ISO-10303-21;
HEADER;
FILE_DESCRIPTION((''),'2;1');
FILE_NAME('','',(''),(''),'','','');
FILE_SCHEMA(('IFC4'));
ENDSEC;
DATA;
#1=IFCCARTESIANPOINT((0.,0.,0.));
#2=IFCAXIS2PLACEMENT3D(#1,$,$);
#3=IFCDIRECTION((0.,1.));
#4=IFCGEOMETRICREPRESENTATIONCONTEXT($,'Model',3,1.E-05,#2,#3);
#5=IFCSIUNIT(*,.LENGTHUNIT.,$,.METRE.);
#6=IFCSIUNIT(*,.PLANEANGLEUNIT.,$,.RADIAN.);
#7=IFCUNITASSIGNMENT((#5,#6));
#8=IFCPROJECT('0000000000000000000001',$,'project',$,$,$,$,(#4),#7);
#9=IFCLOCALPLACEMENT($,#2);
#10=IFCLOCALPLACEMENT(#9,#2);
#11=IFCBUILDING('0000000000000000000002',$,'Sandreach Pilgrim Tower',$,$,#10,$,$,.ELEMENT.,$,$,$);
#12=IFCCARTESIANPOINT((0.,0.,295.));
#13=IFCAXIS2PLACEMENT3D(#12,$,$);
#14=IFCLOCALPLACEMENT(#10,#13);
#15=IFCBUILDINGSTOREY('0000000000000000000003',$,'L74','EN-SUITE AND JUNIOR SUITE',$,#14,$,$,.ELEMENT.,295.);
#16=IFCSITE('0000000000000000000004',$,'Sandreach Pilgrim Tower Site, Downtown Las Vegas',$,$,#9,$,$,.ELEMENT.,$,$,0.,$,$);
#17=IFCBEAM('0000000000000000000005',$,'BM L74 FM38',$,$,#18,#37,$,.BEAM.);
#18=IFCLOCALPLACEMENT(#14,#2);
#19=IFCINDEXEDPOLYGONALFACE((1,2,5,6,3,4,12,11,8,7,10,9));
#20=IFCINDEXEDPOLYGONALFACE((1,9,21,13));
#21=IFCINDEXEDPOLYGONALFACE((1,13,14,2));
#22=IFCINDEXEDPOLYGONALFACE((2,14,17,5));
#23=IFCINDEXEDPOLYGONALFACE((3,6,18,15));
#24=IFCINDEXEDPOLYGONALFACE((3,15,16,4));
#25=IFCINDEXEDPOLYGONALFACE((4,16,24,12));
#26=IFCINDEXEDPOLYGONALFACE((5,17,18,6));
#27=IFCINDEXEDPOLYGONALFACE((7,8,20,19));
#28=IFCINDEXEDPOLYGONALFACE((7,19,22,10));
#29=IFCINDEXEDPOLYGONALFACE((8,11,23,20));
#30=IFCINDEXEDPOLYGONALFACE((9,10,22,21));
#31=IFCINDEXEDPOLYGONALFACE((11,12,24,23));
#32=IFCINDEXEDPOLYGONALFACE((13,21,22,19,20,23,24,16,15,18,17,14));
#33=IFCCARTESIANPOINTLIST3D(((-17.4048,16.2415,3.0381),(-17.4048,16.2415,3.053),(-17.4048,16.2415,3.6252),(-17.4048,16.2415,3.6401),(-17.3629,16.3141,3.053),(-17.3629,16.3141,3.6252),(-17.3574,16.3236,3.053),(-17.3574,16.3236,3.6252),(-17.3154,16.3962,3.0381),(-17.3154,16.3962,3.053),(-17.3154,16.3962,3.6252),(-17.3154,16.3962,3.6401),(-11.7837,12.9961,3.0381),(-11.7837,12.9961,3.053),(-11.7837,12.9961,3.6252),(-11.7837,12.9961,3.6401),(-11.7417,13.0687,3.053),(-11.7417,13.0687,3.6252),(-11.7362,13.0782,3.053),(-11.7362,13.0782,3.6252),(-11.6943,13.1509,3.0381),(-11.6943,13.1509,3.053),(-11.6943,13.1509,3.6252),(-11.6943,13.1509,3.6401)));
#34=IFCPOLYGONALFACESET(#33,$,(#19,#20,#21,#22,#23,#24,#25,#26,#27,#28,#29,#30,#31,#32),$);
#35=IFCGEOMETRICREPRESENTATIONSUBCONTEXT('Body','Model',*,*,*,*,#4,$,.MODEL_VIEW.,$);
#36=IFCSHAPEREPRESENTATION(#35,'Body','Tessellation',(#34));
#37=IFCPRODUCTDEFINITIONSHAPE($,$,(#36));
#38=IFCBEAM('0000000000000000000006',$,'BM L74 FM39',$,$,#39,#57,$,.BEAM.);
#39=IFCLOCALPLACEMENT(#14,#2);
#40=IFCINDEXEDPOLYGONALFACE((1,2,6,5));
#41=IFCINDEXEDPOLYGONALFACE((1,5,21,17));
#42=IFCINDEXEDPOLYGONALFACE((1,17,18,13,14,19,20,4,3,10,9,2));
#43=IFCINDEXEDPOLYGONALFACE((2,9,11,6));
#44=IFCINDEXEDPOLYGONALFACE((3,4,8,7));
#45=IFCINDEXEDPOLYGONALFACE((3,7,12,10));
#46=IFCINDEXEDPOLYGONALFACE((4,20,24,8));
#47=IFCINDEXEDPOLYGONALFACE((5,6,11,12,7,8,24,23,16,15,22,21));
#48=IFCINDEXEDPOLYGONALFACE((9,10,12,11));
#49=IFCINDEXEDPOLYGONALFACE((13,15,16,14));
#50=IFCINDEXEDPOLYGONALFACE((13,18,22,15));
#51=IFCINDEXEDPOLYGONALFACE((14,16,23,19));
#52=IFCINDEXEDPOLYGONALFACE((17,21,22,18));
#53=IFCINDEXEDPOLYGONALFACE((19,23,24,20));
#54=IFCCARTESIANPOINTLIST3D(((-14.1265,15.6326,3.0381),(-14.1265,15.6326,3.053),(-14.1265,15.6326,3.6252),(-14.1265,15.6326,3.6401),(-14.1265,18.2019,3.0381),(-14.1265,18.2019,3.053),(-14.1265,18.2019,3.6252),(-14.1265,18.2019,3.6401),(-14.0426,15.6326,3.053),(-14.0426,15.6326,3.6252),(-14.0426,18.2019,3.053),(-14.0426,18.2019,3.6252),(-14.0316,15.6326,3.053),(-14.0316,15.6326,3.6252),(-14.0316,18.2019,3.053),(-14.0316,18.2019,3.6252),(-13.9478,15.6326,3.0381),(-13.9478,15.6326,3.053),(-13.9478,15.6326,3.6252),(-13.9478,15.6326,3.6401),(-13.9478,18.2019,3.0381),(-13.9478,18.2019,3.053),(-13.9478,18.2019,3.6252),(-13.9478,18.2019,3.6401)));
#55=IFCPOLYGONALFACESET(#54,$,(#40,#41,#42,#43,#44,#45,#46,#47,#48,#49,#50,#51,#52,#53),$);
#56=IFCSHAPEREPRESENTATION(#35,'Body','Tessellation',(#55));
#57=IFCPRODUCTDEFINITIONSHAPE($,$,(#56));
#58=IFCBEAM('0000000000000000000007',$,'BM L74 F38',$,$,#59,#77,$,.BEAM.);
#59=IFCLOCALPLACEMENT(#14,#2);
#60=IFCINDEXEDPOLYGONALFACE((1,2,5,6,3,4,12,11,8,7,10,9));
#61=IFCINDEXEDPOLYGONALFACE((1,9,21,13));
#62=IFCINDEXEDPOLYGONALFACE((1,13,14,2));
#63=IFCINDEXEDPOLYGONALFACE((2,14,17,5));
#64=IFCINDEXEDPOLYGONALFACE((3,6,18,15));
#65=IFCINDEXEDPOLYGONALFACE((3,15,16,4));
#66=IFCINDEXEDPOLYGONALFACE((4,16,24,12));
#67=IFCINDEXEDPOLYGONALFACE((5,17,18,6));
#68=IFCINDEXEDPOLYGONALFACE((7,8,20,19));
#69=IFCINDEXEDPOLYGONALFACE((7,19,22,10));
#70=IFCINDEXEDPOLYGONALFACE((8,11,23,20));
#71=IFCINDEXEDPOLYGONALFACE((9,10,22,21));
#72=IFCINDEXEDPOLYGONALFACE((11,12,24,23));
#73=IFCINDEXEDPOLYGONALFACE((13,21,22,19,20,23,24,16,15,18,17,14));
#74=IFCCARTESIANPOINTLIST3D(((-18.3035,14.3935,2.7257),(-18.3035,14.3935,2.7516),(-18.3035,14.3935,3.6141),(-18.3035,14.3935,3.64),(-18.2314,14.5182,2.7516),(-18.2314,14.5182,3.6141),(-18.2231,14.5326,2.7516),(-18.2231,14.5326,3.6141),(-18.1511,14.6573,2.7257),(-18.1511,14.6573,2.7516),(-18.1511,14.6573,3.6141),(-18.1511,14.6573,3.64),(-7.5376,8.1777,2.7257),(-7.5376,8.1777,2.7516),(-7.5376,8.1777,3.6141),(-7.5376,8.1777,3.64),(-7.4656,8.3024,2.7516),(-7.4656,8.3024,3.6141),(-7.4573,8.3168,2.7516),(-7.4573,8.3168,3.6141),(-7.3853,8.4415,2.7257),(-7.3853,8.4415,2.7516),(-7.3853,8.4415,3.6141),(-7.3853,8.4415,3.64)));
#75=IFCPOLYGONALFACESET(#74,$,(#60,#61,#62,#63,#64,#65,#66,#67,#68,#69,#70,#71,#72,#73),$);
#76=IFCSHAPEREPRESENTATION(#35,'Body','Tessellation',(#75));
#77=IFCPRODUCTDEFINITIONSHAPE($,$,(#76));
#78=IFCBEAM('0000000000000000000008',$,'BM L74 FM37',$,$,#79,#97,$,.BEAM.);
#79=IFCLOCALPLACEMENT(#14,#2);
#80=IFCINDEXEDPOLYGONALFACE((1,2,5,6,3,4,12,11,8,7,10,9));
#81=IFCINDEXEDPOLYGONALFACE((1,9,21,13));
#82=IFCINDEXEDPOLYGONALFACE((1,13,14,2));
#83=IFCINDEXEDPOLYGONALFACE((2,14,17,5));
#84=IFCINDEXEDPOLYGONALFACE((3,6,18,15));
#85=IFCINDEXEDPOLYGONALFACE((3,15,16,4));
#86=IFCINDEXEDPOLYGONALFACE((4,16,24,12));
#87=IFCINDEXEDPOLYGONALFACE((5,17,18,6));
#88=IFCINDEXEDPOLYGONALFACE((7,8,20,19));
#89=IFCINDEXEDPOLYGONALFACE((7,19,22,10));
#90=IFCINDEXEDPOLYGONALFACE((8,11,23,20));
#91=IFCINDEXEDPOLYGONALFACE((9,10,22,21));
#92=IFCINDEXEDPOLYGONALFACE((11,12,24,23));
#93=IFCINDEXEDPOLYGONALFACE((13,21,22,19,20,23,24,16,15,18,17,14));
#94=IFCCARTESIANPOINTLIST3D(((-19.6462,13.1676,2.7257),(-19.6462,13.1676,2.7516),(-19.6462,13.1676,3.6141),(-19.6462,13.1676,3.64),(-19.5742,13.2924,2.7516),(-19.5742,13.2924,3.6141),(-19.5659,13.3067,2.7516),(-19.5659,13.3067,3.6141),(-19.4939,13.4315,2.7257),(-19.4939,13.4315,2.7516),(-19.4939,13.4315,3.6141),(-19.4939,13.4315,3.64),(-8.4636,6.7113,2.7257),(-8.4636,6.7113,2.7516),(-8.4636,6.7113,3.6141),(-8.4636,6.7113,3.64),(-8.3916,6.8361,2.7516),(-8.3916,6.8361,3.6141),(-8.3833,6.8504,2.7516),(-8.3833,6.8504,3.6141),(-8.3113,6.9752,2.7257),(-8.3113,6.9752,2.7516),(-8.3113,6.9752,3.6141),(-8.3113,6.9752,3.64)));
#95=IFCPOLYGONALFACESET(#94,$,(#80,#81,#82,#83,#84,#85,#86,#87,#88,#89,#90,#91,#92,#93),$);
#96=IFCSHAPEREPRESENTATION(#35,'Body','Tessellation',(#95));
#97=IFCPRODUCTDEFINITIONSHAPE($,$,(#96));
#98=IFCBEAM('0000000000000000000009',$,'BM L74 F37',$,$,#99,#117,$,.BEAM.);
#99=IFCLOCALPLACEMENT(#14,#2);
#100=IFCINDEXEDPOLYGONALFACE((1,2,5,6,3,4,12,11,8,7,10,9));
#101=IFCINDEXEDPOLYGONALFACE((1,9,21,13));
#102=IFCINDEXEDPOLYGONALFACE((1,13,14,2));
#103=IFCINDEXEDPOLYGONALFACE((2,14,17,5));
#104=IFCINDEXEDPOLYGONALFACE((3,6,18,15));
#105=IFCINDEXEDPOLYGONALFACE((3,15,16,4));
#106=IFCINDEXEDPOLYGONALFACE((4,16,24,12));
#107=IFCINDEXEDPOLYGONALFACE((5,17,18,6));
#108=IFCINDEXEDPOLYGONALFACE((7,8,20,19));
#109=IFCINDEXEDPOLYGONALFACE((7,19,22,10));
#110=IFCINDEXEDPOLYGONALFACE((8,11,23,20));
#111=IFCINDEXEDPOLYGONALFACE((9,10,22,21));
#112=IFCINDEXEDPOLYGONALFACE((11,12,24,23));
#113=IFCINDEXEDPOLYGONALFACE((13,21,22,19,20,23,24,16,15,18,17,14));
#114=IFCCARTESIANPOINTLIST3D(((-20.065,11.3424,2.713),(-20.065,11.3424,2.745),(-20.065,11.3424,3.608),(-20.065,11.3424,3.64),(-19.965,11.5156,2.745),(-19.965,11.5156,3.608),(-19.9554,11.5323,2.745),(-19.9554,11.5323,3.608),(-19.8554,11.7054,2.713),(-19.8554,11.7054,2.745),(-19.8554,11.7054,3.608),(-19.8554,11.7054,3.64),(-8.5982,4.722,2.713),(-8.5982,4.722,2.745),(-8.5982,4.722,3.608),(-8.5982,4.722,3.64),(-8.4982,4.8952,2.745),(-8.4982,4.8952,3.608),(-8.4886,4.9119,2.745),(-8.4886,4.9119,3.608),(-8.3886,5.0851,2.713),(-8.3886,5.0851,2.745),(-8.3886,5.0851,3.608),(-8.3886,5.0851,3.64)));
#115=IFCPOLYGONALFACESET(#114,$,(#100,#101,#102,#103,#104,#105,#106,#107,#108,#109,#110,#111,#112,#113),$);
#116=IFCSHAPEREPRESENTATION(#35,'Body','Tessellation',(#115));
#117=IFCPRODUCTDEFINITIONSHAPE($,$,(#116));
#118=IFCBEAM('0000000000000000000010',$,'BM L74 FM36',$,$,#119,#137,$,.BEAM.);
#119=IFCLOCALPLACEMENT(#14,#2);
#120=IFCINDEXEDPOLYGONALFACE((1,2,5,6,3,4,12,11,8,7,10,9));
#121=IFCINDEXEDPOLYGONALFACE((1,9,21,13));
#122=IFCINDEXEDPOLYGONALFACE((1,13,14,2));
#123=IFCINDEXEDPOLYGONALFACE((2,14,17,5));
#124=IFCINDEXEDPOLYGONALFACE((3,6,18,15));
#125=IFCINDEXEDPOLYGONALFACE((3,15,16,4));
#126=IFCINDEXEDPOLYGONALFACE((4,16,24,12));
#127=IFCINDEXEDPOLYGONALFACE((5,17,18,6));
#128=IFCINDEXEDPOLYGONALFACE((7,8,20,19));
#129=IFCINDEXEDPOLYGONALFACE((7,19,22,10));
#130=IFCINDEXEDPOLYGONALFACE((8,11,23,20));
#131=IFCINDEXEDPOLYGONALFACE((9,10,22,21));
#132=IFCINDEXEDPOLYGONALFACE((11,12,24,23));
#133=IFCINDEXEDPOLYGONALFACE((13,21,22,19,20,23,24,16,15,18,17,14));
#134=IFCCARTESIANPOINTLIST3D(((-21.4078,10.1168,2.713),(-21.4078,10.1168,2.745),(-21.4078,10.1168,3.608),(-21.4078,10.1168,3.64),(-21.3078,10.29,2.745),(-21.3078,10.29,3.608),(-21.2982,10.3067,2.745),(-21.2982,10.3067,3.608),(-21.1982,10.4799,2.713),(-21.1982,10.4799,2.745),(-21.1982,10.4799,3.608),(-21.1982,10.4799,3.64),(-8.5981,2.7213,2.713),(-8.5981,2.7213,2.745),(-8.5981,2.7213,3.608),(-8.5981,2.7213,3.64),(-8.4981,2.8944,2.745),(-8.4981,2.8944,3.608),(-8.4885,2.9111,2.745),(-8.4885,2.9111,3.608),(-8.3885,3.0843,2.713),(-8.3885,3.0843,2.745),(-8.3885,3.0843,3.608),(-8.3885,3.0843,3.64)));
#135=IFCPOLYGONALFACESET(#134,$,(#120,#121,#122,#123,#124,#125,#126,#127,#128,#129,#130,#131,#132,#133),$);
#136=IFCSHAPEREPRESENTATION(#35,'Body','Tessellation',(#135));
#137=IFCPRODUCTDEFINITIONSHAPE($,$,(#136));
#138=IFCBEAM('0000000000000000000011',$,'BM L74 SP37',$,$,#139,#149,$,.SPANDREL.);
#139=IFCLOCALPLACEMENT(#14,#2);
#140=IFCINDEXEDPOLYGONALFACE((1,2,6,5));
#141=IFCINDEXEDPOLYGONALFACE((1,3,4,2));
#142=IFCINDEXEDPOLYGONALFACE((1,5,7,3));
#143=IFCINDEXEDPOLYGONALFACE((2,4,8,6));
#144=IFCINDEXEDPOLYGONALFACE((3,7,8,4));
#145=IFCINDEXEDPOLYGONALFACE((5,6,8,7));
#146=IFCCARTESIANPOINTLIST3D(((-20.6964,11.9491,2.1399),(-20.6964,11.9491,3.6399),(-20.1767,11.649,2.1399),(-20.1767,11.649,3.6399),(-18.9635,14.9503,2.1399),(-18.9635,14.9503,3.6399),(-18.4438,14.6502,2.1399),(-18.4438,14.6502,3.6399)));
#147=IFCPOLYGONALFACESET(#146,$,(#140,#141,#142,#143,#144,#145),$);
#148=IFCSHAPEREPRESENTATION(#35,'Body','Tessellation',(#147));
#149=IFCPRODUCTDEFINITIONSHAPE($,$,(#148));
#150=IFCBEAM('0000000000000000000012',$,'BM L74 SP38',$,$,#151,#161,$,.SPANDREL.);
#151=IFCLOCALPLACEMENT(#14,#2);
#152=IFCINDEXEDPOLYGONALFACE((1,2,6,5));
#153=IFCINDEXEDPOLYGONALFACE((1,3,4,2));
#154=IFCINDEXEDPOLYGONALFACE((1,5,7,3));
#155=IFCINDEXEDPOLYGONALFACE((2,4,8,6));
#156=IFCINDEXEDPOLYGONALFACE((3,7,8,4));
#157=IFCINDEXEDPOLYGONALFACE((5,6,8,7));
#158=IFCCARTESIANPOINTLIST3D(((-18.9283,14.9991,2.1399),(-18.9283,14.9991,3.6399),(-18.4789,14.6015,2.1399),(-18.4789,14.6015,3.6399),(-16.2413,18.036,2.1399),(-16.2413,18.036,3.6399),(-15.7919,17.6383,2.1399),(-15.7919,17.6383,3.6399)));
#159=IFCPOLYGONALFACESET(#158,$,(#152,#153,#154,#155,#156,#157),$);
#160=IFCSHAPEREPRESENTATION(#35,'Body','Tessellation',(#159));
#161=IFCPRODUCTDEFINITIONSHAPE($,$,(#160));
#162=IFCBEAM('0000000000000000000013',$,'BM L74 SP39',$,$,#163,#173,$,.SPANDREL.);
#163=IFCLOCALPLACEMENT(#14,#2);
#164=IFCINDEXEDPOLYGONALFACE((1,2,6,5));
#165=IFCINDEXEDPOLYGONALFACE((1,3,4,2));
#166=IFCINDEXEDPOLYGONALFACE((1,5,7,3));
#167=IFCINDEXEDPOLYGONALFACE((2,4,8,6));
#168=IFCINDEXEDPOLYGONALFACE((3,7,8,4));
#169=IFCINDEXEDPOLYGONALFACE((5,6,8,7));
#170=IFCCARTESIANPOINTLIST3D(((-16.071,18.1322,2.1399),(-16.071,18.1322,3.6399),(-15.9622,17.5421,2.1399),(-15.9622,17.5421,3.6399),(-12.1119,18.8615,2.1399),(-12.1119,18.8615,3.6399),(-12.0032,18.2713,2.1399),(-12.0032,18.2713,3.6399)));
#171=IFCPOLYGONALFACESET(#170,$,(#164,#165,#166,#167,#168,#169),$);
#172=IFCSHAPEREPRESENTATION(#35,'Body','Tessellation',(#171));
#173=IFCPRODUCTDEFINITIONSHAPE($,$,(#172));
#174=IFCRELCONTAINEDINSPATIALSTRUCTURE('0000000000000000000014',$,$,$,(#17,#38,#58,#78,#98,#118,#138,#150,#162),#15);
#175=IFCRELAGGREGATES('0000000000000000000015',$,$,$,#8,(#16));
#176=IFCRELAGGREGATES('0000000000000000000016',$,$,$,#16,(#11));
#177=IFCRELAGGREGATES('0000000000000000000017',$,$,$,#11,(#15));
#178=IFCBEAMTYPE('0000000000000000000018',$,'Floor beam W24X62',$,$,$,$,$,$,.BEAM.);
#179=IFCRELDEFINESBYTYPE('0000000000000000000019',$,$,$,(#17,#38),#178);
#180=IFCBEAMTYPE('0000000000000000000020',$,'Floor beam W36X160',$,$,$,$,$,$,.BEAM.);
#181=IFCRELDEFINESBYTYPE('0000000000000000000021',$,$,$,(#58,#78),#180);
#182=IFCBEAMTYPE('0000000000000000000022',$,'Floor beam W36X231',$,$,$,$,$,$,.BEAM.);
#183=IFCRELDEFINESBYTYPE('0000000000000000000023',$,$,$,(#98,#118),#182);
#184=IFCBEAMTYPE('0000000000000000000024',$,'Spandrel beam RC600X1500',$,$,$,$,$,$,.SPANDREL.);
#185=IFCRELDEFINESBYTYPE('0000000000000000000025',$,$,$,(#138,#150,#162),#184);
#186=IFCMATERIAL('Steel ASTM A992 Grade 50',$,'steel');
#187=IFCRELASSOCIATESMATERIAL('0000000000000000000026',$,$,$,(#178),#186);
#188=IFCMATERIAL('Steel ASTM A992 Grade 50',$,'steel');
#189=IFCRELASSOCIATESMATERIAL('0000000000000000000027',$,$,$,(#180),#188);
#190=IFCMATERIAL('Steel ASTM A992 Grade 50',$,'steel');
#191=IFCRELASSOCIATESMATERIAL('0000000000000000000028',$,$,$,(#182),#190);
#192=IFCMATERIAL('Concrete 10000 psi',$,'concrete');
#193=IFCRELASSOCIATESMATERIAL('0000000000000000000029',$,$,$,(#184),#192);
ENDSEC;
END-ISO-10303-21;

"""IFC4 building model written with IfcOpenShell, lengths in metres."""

from ifc_helpers import new_model, si_unit, direction, frame, origin, origin_2d, place, context, subcontext, project, spatial, rectangle, i_section, extrude, material, material_profile, profile_set, type_object, element, save


model = new_model("IFC4")

# Units and contexts
model_context = context("Model", 3, precision=1e-05, world=origin(), true_north=direction((0.0, 1.0)))
body_context = subcontext(model_context, "Body", "Model", "MODEL_VIEW")
ifc_project = project(units=[si_unit("LENGTHUNIT", "METRE"), si_unit("PLANEANGLEUNIT", "RADIAN")], contexts=[model_context])

# Site, building, storey
site_placement = place(None, origin())
site = spatial("IfcSite", under=ifc_project, at=site_placement, Name="Sandreach Pilgrim Tower Site, Downtown Las Vegas", CompositionType="ELEMENT", RefElevation=0.0)
building_placement = place(site_placement, origin())
building = spatial("IfcBuilding", under=site, at=building_placement, Name="Sandreach Pilgrim Tower", CompositionType="ELEMENT")
storey_placement = place(building_placement, frame((0.0, 0.0, 295.0)))
storey = spatial("IfcBuildingStorey", under=building, at=storey_placement, Name="L74", Description="EN-SUITE AND JUNIOR SUITE", CompositionType="ELEMENT", Elevation=295.0)

# Beams
ifc_material_1 = material(Name="Steel ASTM A992 Grade 50", Category="steel")
ifc_material_profile_1 = material_profile(ifc_material_1, i_section(OverallWidth=0.1787, OverallDepth=0.6021, WebThickness=0.011, FlangeThickness=0.0149, at=origin_2d()), Name="W24X62")
ifc_profile_set_1 = profile_set([ifc_material_profile_1], Name="Steel ASTM A992 Grade 50")
beam_type_1 = type_object("IfcBeamType", Name="Floor beam W24X62", PredefinedType="BEAM", material=ifc_profile_set_1)
beam_1_placement = place(storey_placement, frame((-17.3601, 16.3188, 3.3391), z_axis=(0.866024, -0.500002, 0.0), x_axis=(0.500002, 0.866024, 0.0)))
element("IfcBeam", 1, at=beam_1_placement, inside=storey, type_object=beam_type_1, Name="BM L74 FM38", PredefinedType="BEAM", context=body_context, shape_type="SweptSolid", body=[
    extrude(i_section(OverallWidth=0.1787, OverallDepth=0.6021, WebThickness=0.011, FlangeThickness=0.0149, at=origin_2d()), origin(), (0.0, 0.0, 1.0), 6.4907),
])
beam_2_placement = place(storey_placement, frame((-14.0371, 18.2019, 3.3391), z_axis=(0.0, -1.0, 0.0), x_axis=(1.0, 0.0, 0.0)))
element("IfcBeam", 2, at=beam_2_placement, inside=storey, type_object=beam_type_1, Name="BM L74 FM39", PredefinedType="BEAM", context=body_context, shape_type="SweptSolid", body=[
    extrude(i_section(OverallWidth=0.1787, OverallDepth=0.6021, WebThickness=0.011, FlangeThickness=0.0149, at=origin_2d()), origin(), (0.0, 0.0, 1.0), 2.5693),
])
ifc_material_2 = material(Name="Steel ASTM A992 Grade 50", Category="steel")
ifc_material_profile_2 = material_profile(ifc_material_2, i_section(OverallWidth=0.3047, OverallDepth=0.9143, WebThickness=0.0166, FlangeThickness=0.0259, at=origin_2d()), Name="W36X160")
ifc_profile_set_2 = profile_set([ifc_material_profile_2], Name="Steel ASTM A992 Grade 50")
beam_type_2 = type_object("IfcBeamType", Name="Floor beam W36X160", PredefinedType="BEAM", material=ifc_profile_set_2)
beam_3_placement = place(storey_placement, frame((-18.2273, 14.5254, 3.1829), z_axis=(0.86602, -0.500009, 0.0), x_axis=(0.500009, 0.86602, 0.0)))
element("IfcBeam", 3, at=beam_3_placement, inside=storey, type_object=beam_type_2, Name="BM L74 F38", PredefinedType="BEAM", context=body_context, shape_type="SweptSolid", body=[
    extrude(i_section(OverallWidth=0.3047, OverallDepth=0.9143, WebThickness=0.0166, FlangeThickness=0.0259, at=origin_2d()), origin(), (0.0, 0.0, 1.0), 12.4314),
])
beam_4_placement = place(storey_placement, frame((-19.5701, 13.2996, 3.1829), z_axis=(0.866025, -0.500001, 0.0), x_axis=(0.500001, 0.866025, 0.0)))
element("IfcBeam", 4, at=beam_4_placement, inside=storey, type_object=beam_type_2, Name="BM L74 FM37", PredefinedType="BEAM", context=body_context, shape_type="SweptSolid", body=[
    extrude(i_section(OverallWidth=0.3047, OverallDepth=0.9143, WebThickness=0.0166, FlangeThickness=0.0259, at=origin_2d()), origin(), (0.0, 0.0, 1.0), 12.9126),
])
ifc_material_3 = material(Name="Steel ASTM A992 Grade 50", Category="steel")
ifc_material_profile_3 = material_profile(ifc_material_3, i_section(OverallWidth=0.4192, OverallDepth=0.927, WebThickness=0.0193, FlangeThickness=0.032, at=origin_2d()), Name="W36X231")
ifc_profile_set_3 = profile_set([ifc_material_profile_3], Name="Steel ASTM A992 Grade 50")
beam_type_3 = type_object("IfcBeamType", Name="Floor beam W36X231", PredefinedType="BEAM", material=ifc_profile_set_3)
beam_5_placement = place(storey_placement, frame((-19.9602, 11.5239, 3.1765), z_axis=(0.866025, -0.5, 0.0), x_axis=(0.5, 0.866025, 0.0)))
element("IfcBeam", 5, at=beam_5_placement, inside=storey, type_object=beam_type_3, Name="BM L74 F37", PredefinedType="BEAM", context=body_context, shape_type="SweptSolid", body=[
    extrude(i_section(OverallWidth=0.4192, OverallDepth=0.927, WebThickness=0.0193, FlangeThickness=0.032, at=origin_2d()), origin(), (0.0, 0.0, 1.0), 13.2407),
])
beam_6_placement = place(storey_placement, frame((-21.303, 10.2983, 3.1765), z_axis=(0.866028, -0.499995, 0.0), x_axis=(0.499995, 0.866028, 0.0)))
element("IfcBeam", 6, at=beam_6_placement, inside=storey, type_object=beam_type_3, Name="BM L74 FM36", PredefinedType="BEAM", context=body_context, shape_type="SweptSolid", body=[
    extrude(i_section(OverallWidth=0.4192, OverallDepth=0.927, WebThickness=0.0193, FlangeThickness=0.032, at=origin_2d()), origin(), (0.0, 0.0, 1.0), 14.7913),
])
ifc_material_4 = material(Name="Concrete 10000 psi", Category="concrete")
ifc_material_profile_4 = material_profile(ifc_material_4, rectangle(XDim=0.6001, YDim=1.5, at=origin_2d()), Name="RC600X1500")
ifc_profile_set_4 = profile_set([ifc_material_profile_4], Name="Concrete 10000 psi")
beam_type_4 = type_object("IfcBeamType", Name="Spandrel beam RC600X1500", PredefinedType="SPANDREL", material=ifc_profile_set_4)
beam_7_placement = place(storey_placement, frame((-20.4365, 11.7991, 2.8899), z_axis=(0.500033, 0.866006, 0.0), x_axis=(-0.866006, 0.500033, 0.0)))
element("IfcBeam", 7, at=beam_7_placement, inside=storey, type_object=beam_type_4, Name="BM L74 SP37", PredefinedType="SPANDREL", context=body_context, shape_type="SweptSolid", body=[
    extrude(rectangle(XDim=0.6001, YDim=1.5, at=origin_2d()), origin(), (0.0, 0.0, 1.0), 3.4656),
])
beam_8_placement = place(storey_placement, frame((-18.7036, 14.8003, 2.8899), z_axis=(0.662651, 0.748929, 0.0), x_axis=(-0.748929, 0.662651, 0.0)))
element("IfcBeam", 8, at=beam_8_placement, inside=storey, type_object=beam_type_4, Name="BM L74 SP38", PredefinedType="SPANDREL", context=body_context, shape_type="SweptSolid", body=[
    extrude(rectangle(XDim=0.6001, YDim=1.5, at=origin_2d()), origin(), (0.0, 0.0, 1.0), 4.0549),
])
beam_9_placement = place(storey_placement, frame((-16.0166, 17.8372, 2.8899), z_axis=(0.983455, 0.181153, 0.0), x_axis=(-0.181153, 0.983455, 0.0)))
element("IfcBeam", 9, at=beam_9_placement, inside=storey, type_object=beam_type_4, Name="BM L74 SP39", PredefinedType="SPANDREL", context=body_context, shape_type="SweptSolid", body=[
    extrude(rectangle(XDim=0.6001, YDim=1.5, at=origin_2d()), origin(), (0.0, 0.0, 1.0), 4.0256),
])

save(model, "model.ifc")
